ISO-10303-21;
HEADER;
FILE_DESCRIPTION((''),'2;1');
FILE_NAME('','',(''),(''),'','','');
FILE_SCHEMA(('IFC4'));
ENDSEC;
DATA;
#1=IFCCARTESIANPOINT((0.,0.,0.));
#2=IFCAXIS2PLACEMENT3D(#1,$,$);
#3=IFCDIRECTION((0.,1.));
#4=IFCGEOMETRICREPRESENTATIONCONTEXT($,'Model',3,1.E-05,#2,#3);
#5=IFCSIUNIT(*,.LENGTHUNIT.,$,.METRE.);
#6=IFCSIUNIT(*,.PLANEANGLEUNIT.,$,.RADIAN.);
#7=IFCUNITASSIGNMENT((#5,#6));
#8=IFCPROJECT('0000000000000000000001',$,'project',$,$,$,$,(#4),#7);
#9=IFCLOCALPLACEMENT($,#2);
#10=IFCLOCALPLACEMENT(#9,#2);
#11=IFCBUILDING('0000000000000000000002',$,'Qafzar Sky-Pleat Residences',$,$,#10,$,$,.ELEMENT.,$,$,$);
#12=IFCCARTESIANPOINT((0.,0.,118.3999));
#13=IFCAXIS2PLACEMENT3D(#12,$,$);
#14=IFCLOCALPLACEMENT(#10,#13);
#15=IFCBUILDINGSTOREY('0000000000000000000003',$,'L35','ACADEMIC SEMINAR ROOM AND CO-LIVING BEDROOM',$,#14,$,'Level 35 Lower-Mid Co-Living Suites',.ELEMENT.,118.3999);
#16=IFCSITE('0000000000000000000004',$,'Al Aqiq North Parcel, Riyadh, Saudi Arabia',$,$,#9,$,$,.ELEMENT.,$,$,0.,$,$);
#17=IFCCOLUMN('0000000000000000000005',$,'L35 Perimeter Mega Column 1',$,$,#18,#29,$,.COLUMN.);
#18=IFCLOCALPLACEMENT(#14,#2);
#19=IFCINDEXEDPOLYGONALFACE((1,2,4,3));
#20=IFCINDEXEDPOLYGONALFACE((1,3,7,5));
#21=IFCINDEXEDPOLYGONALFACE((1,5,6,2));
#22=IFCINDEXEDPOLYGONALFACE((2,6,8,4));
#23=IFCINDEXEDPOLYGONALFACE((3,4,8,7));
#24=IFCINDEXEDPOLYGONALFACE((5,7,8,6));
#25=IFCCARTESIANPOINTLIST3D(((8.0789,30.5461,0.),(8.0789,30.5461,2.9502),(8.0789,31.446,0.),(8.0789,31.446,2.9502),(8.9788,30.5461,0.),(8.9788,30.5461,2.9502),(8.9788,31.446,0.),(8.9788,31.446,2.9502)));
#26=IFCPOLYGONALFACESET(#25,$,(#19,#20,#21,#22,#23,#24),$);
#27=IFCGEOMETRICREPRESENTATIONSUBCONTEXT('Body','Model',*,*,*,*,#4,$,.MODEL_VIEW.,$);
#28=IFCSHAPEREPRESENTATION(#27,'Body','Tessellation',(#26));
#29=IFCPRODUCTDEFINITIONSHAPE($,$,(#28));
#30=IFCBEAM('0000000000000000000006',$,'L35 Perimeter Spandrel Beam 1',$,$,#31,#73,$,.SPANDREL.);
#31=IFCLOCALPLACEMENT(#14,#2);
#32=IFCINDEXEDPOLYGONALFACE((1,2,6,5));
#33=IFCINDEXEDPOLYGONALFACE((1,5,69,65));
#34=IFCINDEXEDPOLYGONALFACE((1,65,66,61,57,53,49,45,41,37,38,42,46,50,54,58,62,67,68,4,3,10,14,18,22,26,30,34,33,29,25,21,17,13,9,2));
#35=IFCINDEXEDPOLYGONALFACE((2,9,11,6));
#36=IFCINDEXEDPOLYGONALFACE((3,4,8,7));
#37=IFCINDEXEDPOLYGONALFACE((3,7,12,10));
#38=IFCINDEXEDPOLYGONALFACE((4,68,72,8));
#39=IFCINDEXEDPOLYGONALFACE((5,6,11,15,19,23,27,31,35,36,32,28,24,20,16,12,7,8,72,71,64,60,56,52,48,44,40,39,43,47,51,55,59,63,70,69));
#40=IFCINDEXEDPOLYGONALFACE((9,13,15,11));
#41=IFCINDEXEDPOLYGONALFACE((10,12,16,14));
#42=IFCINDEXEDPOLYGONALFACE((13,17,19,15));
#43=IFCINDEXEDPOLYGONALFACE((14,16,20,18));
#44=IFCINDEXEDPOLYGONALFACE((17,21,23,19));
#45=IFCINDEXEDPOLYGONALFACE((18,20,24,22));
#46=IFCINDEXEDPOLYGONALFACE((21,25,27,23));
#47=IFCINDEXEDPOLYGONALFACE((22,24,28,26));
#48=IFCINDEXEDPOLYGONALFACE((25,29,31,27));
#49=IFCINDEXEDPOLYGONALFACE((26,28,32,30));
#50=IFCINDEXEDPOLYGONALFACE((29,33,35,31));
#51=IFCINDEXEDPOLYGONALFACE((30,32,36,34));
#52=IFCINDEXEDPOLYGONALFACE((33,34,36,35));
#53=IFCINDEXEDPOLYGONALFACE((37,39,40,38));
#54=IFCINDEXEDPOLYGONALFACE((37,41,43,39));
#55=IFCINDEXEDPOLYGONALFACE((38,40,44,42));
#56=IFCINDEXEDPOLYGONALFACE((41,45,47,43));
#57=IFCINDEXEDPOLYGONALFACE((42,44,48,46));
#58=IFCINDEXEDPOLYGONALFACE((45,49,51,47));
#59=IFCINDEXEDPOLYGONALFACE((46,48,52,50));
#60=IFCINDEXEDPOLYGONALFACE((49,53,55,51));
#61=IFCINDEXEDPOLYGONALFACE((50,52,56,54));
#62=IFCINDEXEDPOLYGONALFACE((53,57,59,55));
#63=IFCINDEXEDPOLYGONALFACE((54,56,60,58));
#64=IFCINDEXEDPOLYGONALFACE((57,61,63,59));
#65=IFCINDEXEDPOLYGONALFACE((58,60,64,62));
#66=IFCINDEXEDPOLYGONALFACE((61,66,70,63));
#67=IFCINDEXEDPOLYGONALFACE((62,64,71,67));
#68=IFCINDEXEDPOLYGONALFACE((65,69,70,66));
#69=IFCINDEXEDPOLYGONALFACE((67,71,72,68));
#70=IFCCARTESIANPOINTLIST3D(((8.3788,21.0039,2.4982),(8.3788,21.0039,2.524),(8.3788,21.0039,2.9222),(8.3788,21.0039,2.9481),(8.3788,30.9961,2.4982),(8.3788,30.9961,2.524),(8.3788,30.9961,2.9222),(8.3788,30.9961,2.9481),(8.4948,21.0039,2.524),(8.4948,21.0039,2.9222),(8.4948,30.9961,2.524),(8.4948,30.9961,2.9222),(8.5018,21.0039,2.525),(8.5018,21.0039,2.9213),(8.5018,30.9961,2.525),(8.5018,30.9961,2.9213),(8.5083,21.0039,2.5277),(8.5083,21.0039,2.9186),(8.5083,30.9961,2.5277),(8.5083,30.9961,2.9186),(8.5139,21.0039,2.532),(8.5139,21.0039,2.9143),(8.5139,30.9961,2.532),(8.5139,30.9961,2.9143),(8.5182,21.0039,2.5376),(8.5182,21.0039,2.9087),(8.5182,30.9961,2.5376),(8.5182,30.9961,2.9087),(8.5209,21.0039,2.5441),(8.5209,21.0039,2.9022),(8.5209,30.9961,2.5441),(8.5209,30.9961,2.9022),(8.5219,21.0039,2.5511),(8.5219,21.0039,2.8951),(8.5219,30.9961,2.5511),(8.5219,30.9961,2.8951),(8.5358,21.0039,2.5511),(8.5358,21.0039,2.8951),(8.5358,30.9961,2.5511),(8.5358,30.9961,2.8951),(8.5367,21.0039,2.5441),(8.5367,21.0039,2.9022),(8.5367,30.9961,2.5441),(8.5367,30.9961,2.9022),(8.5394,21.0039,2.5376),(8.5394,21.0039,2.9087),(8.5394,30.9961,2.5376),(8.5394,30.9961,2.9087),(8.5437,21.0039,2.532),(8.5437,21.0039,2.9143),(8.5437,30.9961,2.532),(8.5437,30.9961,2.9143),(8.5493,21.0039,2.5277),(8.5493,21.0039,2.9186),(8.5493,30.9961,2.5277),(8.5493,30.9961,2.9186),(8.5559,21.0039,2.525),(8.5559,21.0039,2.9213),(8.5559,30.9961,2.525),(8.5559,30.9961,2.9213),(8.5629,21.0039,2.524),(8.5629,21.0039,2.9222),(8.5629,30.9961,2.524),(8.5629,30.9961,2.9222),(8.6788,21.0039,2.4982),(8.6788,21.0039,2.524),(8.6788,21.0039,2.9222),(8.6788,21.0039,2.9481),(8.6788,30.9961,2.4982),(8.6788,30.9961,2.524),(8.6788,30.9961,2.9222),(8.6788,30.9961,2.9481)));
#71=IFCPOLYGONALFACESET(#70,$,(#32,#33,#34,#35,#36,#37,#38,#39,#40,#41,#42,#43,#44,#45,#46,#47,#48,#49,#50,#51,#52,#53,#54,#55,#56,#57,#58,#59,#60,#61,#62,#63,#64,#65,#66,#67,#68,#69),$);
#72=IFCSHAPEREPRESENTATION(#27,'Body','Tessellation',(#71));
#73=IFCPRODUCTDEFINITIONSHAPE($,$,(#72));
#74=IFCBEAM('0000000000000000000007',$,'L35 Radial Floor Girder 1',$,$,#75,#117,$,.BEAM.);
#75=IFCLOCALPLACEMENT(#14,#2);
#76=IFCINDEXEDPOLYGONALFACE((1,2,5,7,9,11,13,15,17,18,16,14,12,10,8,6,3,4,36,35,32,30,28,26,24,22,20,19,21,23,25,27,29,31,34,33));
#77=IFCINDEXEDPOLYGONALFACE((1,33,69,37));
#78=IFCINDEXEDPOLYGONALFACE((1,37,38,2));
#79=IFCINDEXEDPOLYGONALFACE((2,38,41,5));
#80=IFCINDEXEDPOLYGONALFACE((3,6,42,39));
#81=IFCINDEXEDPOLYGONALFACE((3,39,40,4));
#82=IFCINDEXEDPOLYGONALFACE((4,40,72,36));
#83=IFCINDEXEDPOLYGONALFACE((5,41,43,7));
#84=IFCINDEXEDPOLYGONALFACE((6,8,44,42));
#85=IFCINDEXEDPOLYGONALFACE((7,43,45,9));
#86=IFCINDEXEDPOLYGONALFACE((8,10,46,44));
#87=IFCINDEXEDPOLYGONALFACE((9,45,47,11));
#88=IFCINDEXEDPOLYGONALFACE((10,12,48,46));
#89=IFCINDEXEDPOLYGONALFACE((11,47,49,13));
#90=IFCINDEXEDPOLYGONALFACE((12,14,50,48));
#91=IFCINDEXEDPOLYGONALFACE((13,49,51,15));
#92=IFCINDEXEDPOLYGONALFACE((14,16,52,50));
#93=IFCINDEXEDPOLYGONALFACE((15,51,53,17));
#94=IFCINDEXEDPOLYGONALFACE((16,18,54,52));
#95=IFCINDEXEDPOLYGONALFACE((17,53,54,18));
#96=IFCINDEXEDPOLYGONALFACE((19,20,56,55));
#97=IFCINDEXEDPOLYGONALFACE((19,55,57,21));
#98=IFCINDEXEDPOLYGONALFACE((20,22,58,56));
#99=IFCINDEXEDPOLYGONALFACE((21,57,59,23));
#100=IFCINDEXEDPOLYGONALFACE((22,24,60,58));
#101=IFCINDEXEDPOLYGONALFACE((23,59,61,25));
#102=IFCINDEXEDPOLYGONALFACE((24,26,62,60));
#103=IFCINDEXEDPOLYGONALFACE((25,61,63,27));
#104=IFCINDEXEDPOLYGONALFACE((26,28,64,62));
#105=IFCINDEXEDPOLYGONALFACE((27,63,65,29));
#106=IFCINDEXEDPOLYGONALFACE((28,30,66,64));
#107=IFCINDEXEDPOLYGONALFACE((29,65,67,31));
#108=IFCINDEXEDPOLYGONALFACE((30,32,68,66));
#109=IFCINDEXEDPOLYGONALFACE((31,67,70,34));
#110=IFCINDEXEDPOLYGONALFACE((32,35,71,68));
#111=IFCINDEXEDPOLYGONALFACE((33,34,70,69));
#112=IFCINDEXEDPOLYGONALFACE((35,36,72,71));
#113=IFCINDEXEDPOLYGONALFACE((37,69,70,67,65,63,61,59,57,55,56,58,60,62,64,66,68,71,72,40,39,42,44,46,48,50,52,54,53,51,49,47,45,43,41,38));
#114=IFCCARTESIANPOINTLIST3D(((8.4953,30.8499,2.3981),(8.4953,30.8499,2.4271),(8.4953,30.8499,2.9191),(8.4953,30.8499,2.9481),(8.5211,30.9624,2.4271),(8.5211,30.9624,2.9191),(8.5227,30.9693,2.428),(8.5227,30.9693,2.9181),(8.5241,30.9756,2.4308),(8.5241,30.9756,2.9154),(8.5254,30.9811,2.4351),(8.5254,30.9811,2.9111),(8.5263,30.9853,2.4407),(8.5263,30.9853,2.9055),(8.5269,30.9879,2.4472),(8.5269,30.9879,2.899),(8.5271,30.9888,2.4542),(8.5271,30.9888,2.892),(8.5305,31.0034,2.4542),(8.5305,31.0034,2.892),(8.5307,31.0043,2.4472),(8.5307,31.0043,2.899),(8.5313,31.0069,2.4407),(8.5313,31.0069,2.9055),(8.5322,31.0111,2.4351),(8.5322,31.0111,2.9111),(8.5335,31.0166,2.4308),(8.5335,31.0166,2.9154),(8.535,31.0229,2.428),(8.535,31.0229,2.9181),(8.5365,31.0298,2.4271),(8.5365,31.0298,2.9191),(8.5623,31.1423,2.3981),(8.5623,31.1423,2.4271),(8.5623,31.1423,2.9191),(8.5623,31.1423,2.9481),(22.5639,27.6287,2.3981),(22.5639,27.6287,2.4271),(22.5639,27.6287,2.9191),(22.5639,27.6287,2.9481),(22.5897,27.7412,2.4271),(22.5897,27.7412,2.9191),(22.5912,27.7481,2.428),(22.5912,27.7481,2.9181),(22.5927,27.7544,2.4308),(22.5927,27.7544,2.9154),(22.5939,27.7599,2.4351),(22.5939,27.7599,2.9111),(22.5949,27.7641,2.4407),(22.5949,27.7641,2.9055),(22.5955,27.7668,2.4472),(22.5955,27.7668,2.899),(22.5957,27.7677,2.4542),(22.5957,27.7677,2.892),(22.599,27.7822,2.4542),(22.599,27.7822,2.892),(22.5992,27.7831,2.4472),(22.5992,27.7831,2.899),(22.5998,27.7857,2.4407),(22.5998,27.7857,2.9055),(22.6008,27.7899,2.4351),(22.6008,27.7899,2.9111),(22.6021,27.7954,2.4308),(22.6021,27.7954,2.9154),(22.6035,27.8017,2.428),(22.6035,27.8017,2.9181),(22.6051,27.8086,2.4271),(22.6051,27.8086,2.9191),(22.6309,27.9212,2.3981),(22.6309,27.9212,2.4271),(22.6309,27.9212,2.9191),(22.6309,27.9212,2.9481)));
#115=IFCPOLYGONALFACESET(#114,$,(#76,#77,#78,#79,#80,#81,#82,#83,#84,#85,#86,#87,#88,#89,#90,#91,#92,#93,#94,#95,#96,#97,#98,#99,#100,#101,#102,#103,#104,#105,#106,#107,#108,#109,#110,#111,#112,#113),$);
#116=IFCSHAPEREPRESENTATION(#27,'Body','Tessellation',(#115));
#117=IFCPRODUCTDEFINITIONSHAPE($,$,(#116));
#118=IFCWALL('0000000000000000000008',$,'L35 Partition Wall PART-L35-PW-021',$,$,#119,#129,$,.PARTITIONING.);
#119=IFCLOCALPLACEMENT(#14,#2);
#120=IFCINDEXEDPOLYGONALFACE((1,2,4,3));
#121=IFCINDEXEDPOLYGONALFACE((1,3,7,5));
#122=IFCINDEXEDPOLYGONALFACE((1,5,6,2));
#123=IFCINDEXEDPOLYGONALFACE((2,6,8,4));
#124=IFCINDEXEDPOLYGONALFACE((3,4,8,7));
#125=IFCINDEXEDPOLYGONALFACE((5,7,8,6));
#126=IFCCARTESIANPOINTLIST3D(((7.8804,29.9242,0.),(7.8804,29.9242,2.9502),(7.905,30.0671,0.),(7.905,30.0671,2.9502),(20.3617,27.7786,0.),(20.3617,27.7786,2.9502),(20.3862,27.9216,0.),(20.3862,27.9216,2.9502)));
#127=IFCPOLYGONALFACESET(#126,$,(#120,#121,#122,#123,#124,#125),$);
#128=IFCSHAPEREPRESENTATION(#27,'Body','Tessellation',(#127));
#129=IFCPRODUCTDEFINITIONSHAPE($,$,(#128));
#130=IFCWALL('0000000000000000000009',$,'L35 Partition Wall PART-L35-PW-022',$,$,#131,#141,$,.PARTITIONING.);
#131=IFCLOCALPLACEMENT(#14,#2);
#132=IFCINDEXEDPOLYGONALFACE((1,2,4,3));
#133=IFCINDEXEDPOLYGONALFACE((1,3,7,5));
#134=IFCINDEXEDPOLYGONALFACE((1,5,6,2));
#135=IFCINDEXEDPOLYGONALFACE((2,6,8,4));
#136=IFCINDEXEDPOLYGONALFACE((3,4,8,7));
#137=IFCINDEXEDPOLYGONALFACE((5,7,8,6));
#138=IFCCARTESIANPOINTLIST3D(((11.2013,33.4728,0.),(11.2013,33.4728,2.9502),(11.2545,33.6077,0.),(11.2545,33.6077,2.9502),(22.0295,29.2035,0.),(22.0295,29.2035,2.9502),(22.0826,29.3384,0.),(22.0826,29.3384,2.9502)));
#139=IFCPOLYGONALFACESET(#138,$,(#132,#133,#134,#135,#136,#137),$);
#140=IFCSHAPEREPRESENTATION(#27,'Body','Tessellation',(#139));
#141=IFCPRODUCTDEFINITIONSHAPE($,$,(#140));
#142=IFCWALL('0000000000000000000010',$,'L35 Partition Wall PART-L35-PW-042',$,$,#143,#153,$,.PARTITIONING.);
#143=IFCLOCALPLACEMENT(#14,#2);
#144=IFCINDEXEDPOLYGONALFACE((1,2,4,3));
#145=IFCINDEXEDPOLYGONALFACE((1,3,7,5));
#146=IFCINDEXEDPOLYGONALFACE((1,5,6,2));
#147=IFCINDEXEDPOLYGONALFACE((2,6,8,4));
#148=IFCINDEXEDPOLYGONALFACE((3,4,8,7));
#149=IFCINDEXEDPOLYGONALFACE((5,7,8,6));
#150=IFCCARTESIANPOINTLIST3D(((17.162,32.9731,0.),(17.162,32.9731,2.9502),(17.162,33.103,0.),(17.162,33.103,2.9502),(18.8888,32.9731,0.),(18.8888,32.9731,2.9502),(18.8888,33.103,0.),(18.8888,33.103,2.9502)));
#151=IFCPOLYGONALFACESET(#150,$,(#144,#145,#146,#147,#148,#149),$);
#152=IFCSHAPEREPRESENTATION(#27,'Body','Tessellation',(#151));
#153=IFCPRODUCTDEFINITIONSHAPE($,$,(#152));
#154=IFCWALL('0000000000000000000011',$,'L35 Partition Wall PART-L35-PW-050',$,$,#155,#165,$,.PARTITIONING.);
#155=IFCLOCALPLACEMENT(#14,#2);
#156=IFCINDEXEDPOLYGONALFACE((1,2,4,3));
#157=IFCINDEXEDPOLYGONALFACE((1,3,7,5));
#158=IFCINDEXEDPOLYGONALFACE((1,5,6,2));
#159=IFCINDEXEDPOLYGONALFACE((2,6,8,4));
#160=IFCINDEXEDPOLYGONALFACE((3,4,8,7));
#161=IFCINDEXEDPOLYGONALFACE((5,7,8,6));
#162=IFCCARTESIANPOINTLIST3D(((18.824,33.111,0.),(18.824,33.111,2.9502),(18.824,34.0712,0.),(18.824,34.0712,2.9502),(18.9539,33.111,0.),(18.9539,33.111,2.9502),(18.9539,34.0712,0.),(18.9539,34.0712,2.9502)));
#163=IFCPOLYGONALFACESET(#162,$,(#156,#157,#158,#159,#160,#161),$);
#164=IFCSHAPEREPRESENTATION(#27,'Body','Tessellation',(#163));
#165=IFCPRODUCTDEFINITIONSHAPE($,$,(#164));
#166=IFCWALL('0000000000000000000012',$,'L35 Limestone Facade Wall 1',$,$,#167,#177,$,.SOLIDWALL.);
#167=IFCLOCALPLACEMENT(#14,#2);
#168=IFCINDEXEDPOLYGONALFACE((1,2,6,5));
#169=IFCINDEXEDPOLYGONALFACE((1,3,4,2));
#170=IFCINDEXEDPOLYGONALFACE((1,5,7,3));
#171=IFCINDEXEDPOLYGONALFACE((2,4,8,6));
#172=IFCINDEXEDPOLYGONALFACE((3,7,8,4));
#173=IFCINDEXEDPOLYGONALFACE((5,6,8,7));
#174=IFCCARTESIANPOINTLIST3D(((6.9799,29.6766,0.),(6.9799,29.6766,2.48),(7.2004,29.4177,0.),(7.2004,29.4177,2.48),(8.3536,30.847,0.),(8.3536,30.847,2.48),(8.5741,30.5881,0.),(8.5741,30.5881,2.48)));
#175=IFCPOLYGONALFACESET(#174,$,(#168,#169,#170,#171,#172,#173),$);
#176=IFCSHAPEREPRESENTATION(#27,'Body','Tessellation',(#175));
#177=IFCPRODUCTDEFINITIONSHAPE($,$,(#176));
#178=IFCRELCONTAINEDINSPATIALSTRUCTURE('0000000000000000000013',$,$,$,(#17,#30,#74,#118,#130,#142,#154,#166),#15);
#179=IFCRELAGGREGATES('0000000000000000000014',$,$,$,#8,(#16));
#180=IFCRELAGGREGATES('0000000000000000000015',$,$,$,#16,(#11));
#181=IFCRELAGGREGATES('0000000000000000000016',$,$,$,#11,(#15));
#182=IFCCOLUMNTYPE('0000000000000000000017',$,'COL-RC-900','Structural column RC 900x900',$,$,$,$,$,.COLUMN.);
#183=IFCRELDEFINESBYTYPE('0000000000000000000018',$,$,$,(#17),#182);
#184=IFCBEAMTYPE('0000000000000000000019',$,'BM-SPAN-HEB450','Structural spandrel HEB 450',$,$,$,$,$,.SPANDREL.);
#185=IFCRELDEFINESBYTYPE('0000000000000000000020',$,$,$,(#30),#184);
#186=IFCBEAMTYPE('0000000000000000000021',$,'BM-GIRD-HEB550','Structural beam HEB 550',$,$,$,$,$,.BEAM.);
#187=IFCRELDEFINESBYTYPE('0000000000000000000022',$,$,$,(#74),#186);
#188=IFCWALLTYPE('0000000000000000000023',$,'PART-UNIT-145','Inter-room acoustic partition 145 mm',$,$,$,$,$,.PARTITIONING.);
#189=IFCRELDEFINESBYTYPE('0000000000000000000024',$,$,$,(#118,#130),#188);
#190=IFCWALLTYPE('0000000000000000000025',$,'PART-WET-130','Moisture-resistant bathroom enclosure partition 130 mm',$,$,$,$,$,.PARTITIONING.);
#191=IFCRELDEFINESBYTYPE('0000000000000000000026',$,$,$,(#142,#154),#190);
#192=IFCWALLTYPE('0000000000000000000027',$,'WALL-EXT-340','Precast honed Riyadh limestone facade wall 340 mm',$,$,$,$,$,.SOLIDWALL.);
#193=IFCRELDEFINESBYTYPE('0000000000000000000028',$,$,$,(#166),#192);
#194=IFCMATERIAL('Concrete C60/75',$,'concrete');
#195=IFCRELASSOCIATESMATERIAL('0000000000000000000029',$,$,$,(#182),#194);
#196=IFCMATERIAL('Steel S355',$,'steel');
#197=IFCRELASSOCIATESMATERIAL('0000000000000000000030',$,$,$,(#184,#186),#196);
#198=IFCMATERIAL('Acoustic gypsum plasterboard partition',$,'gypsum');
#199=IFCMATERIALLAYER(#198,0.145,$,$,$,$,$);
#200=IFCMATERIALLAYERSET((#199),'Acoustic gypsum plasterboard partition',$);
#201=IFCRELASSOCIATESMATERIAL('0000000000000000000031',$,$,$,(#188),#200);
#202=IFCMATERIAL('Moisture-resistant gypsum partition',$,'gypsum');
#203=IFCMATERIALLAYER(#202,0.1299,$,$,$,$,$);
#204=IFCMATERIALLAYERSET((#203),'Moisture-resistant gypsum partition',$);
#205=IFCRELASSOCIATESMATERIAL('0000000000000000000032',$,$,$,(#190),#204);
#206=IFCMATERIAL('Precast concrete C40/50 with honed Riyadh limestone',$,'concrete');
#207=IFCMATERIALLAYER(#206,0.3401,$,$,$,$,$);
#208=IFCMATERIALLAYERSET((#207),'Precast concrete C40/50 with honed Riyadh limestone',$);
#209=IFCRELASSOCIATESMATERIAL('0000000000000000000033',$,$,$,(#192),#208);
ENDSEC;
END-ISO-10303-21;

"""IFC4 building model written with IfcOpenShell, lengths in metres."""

from ifc_helpers import new_model, si_unit, direction, frame, frame_2d, origin, origin_2d, place, context, subcontext, project, spatial, rectangle, i_section, extrude, source, transform, mapped, material, layer, layer_set, material_profile, profile_set, type_object, element, save


model = new_model("IFC4")

# Units and contexts
model_context = context("Model", 3, precision=1e-05, world=origin(), true_north=direction((0.0, 1.0)))
body_context = subcontext(model_context, "Body", "Model", "MODEL_VIEW")
ifc_project = project(units=[si_unit("LENGTHUNIT", "METRE"), si_unit("PLANEANGLEUNIT", "RADIAN")], contexts=[model_context])

# Site, building, storey
site_placement = place(None, origin())
site = spatial("IfcSite", under=ifc_project, at=site_placement, Name="Al Aqiq North Parcel, Riyadh, Saudi Arabia", CompositionType="ELEMENT", RefElevation=0.0)
building_placement = place(site_placement, origin())
building = spatial("IfcBuilding", under=site, at=building_placement, Name="Qafzar Sky-Pleat Residences", CompositionType="ELEMENT")
storey_placement = place(building_placement, frame((0.0, 0.0, 118.3999)))
storey = spatial("IfcBuildingStorey", under=building, at=storey_placement, Name="L35", Description="ACADEMIC SEMINAR ROOM AND CO-LIVING BEDROOM", LongName="Level 35 Lower-Mid Co-Living Suites", CompositionType="ELEMENT", Elevation=118.3999)

# Column
ifc_material_1 = material(Name="Concrete C60/75", Category="concrete")
ifc_material_profile_1 = material_profile(ifc_material_1, rectangle(XDim=0.8999, YDim=0.8999, at=origin_2d()), Name="RC 900x900")
ifc_profile_set_1 = profile_set([ifc_material_profile_1], Name="Concrete C60/75")
column_type = type_object("IfcColumnType", Name="COL-RC-900", Description="Structural column RC 900x900", PredefinedType="COLUMN", material=ifc_profile_set_1)
shared_shape_1 = source(origin(), body_context, "Body", "SweptSolid", [
    extrude(rectangle(XDim=0.8999, YDim=0.8999, at=origin_2d()), origin(), (0.0, 0.0, 1.0), 2.9502),
])
column_placement = place(storey_placement, frame((8.5288, 30.9961, 0.0), z_axis=(0.0, 0.0, 1.0), x_axis=(1.0, 0.0, 0.0)))
element("IfcColumn", 1, at=column_placement, inside=storey, type_object=column_type, Name="L35 Perimeter Mega Column 1", PredefinedType="COLUMN", context=body_context, shape_type="MappedRepresentation", body=[
    mapped(shared_shape_1, transform((0.0, 0.0, 0.0), x_axis=(1.0, 0.0, 0.0), y_axis=(0.0, 1.0, 0.0), z_axis=(0.0, 0.0, 1.0), scale=1.0)),
])

# Beams
ifc_material_2 = material(Name="Steel S355", Category="steel")
ifc_material_profile_2 = material_profile(ifc_material_2, i_section(OverallWidth=0.3, OverallDepth=0.45, WebThickness=0.0139, FlangeThickness=0.0259, FilletRadius=0.0271, at=origin_2d()), Name="HEB 450")
ifc_profile_set_2 = profile_set([ifc_material_profile_2], Name="Steel S355")
beam_type_1 = type_object("IfcBeamType", Name="BM-SPAN-HEB450", Description="Structural spandrel HEB 450", PredefinedType="SPANDREL", material=ifc_profile_set_2)
shared_shape_2 = source(origin(), body_context, "Body", "SweptSolid", [
    extrude(i_section(OverallWidth=0.3, OverallDepth=0.45, WebThickness=0.0139, FlangeThickness=0.0259, FilletRadius=0.0271, at=origin_2d()), origin(), (0.0, 0.0, 1.0), 9.9922),
])
beam_1_placement = place(storey_placement, frame((8.5288, 30.9961, 2.7231), z_axis=(0.0, -1.0, 0.0), x_axis=(1.0, 0.0, 0.0)))
element("IfcBeam", 2, at=beam_1_placement, inside=storey, type_object=beam_type_1, Name="L35 Perimeter Spandrel Beam 1", PredefinedType="SPANDREL", context=body_context, shape_type="MappedRepresentation", body=[
    mapped(shared_shape_2, transform((0.0, 0.0, 0.0), x_axis=(1.0, 0.0, 0.0), y_axis=(0.0, 1.0, 0.0), z_axis=(0.0, 0.0, 1.0), scale=1.0)),
])
ifc_material_profile_3 = material_profile(ifc_material_2, i_section(OverallWidth=0.3, OverallDepth=0.55, WebThickness=0.0149, FlangeThickness=0.0291, FilletRadius=0.0271, at=origin_2d()), Name="HEB 550")
ifc_profile_set_3 = profile_set([ifc_material_profile_3], Name="Steel S355")
beam_type_2 = type_object("IfcBeamType", Name="BM-GIRD-HEB550", Description="Structural beam HEB 550", PredefinedType="BEAM", material=ifc_profile_set_3)
shared_shape_3 = source(origin(), body_context, "Body", "SweptSolid", [
    extrude(i_section(OverallWidth=0.3, OverallDepth=0.55, WebThickness=0.0149, FlangeThickness=0.0291, FilletRadius=0.0271, at=origin_2d()), origin(), (0.0, 0.0, 1.0), 14.4326),
])
beam_2_placement = place(storey_placement, frame((8.5288, 30.9961, 2.6731), z_axis=(0.974776, -0.223188, 0.0), x_axis=(0.223188, 0.974776, 0.0)))
element("IfcBeam", 3, at=beam_2_placement, inside=storey, type_object=beam_type_2, Name="L35 Radial Floor Girder 1", PredefinedType="BEAM", context=body_context, shape_type="MappedRepresentation", body=[
    mapped(shared_shape_3, transform((0.0, 0.0, 0.0), x_axis=(1.0, 0.0, 0.0), y_axis=(0.0, 1.0, 0.0), z_axis=(0.0, 0.0, 1.0), scale=1.0)),
])

# Walls
ifc_material_3 = material(Name="Acoustic gypsum plasterboard partition", Category="gypsum")
ifc_layer_1 = layer(ifc_material_3, 0.145)
ifc_layer_set_1 = layer_set([ifc_layer_1], Name="Acoustic gypsum plasterboard partition")
wall_type_1 = type_object("IfcWallType", Name="PART-UNIT-145", Description="Inter-room acoustic partition 145 mm", PredefinedType="PARTITIONING", material=ifc_layer_set_1)
wall_1_placement = place(storey_placement, frame((7.8928, 29.9956, 0.0), z_axis=(0.0, 0.0, 1.0), x_axis=(0.985545, -0.169414, 0.0)))
element("IfcWall", 4, at=wall_1_placement, inside=storey, type_object=wall_type_1, Name="L35 Partition Wall PART-L35-PW-021", PredefinedType="PARTITIONING", context=body_context, shape_type="SweptSolid", body=[
    extrude(rectangle(XDim=12.6643, YDim=0.145, at=frame_2d((6.332, 0.0))), origin(), (0.0, 0.0, 1.0), 2.9502),
])
wall_2_placement = place(storey_placement, frame((11.2278, 33.5403, 0.0), z_axis=(0.0, 0.0, 1.0), x_axis=(0.930301, -0.366797, 0.0)))
element("IfcWall", 5, at=wall_2_placement, inside=storey, type_object=wall_type_1, Name="L35 Partition Wall PART-L35-PW-022", PredefinedType="PARTITIONING", context=body_context, shape_type="SweptSolid", body=[
    extrude(rectangle(XDim=11.6394, YDim=0.145, at=frame_2d((5.8198, 0.0))), origin(), (0.0, 0.0, 1.0), 2.9502),
])
ifc_material_4 = material(Name="Moisture-resistant gypsum partition", Category="gypsum")
ifc_layer_2 = layer(ifc_material_4, 0.1299)
ifc_layer_set_2 = layer_set([ifc_layer_2], Name="Moisture-resistant gypsum partition")
wall_type_2 = type_object("IfcWallType", Name="PART-WET-130", Description="Moisture-resistant bathroom enclosure partition 130 mm", PredefinedType="PARTITIONING", material=ifc_layer_set_2)
wall_3_placement = place(storey_placement, frame((17.1621, 33.0381, 0.0), z_axis=(0.0, 0.0, 1.0), x_axis=(1.0, 0.0, 0.0)))
element("IfcWall", 6, at=wall_3_placement, inside=storey, type_object=wall_type_2, Name="L35 Partition Wall PART-L35-PW-042", PredefinedType="PARTITIONING", context=body_context, shape_type="SweptSolid", body=[
    extrude(rectangle(XDim=1.7268, YDim=0.1299, at=frame_2d((0.8633, 0.0))), origin(), (0.0, 0.0, 1.0), 2.9502),
])
wall_4_placement = place(storey_placement, frame((18.8889, 33.1111, 0.0), z_axis=(0.0, 0.0, 1.0), x_axis=(0.0, 1.0, 0.0)))
element("IfcWall", 7, at=wall_4_placement, inside=storey, type_object=wall_type_2, Name="L35 Partition Wall PART-L35-PW-050", PredefinedType="PARTITIONING", context=body_context, shape_type="SweptSolid", body=[
    extrude(rectangle(XDim=0.9602, YDim=0.1299, at=frame_2d((0.48, 0.0))), origin(), (0.0, 0.0, 1.0), 2.9502),
])
ifc_material_5 = material(Name="Precast concrete C40/50 with honed Riyadh limestone", Category="concrete")
ifc_layer_3 = layer(ifc_material_5, 0.3401)
ifc_layer_set_3 = layer_set([ifc_layer_3], Name="Precast concrete C40/50 with honed Riyadh limestone")
wall_type_3 = type_object("IfcWallType", Name="WALL-EXT-340", Description="Precast honed Riyadh limestone facade wall 340 mm", PredefinedType="SOLIDWALL", material=ifc_layer_set_3)
wall_5_placement = place(storey_placement, frame((8.4639, 30.7175, 0.0), z_axis=(0.0, 0.0, 1.0), x_axis=(-0.761201, -0.648516, 0.0)))
element("IfcWall", 8, at=wall_5_placement, inside=storey, type_object=wall_type_3, Name="L35 Limestone Facade Wall 1", PredefinedType="SOLIDWALL", context=body_context, shape_type="SweptSolid", body=[
    extrude(rectangle(XDim=1.8047, YDim=0.3401, at=frame_2d((0.9023, 0.0))), origin(), (0.0, 0.0, 1.0), 2.48),
])

save(model, "model.ifc")
